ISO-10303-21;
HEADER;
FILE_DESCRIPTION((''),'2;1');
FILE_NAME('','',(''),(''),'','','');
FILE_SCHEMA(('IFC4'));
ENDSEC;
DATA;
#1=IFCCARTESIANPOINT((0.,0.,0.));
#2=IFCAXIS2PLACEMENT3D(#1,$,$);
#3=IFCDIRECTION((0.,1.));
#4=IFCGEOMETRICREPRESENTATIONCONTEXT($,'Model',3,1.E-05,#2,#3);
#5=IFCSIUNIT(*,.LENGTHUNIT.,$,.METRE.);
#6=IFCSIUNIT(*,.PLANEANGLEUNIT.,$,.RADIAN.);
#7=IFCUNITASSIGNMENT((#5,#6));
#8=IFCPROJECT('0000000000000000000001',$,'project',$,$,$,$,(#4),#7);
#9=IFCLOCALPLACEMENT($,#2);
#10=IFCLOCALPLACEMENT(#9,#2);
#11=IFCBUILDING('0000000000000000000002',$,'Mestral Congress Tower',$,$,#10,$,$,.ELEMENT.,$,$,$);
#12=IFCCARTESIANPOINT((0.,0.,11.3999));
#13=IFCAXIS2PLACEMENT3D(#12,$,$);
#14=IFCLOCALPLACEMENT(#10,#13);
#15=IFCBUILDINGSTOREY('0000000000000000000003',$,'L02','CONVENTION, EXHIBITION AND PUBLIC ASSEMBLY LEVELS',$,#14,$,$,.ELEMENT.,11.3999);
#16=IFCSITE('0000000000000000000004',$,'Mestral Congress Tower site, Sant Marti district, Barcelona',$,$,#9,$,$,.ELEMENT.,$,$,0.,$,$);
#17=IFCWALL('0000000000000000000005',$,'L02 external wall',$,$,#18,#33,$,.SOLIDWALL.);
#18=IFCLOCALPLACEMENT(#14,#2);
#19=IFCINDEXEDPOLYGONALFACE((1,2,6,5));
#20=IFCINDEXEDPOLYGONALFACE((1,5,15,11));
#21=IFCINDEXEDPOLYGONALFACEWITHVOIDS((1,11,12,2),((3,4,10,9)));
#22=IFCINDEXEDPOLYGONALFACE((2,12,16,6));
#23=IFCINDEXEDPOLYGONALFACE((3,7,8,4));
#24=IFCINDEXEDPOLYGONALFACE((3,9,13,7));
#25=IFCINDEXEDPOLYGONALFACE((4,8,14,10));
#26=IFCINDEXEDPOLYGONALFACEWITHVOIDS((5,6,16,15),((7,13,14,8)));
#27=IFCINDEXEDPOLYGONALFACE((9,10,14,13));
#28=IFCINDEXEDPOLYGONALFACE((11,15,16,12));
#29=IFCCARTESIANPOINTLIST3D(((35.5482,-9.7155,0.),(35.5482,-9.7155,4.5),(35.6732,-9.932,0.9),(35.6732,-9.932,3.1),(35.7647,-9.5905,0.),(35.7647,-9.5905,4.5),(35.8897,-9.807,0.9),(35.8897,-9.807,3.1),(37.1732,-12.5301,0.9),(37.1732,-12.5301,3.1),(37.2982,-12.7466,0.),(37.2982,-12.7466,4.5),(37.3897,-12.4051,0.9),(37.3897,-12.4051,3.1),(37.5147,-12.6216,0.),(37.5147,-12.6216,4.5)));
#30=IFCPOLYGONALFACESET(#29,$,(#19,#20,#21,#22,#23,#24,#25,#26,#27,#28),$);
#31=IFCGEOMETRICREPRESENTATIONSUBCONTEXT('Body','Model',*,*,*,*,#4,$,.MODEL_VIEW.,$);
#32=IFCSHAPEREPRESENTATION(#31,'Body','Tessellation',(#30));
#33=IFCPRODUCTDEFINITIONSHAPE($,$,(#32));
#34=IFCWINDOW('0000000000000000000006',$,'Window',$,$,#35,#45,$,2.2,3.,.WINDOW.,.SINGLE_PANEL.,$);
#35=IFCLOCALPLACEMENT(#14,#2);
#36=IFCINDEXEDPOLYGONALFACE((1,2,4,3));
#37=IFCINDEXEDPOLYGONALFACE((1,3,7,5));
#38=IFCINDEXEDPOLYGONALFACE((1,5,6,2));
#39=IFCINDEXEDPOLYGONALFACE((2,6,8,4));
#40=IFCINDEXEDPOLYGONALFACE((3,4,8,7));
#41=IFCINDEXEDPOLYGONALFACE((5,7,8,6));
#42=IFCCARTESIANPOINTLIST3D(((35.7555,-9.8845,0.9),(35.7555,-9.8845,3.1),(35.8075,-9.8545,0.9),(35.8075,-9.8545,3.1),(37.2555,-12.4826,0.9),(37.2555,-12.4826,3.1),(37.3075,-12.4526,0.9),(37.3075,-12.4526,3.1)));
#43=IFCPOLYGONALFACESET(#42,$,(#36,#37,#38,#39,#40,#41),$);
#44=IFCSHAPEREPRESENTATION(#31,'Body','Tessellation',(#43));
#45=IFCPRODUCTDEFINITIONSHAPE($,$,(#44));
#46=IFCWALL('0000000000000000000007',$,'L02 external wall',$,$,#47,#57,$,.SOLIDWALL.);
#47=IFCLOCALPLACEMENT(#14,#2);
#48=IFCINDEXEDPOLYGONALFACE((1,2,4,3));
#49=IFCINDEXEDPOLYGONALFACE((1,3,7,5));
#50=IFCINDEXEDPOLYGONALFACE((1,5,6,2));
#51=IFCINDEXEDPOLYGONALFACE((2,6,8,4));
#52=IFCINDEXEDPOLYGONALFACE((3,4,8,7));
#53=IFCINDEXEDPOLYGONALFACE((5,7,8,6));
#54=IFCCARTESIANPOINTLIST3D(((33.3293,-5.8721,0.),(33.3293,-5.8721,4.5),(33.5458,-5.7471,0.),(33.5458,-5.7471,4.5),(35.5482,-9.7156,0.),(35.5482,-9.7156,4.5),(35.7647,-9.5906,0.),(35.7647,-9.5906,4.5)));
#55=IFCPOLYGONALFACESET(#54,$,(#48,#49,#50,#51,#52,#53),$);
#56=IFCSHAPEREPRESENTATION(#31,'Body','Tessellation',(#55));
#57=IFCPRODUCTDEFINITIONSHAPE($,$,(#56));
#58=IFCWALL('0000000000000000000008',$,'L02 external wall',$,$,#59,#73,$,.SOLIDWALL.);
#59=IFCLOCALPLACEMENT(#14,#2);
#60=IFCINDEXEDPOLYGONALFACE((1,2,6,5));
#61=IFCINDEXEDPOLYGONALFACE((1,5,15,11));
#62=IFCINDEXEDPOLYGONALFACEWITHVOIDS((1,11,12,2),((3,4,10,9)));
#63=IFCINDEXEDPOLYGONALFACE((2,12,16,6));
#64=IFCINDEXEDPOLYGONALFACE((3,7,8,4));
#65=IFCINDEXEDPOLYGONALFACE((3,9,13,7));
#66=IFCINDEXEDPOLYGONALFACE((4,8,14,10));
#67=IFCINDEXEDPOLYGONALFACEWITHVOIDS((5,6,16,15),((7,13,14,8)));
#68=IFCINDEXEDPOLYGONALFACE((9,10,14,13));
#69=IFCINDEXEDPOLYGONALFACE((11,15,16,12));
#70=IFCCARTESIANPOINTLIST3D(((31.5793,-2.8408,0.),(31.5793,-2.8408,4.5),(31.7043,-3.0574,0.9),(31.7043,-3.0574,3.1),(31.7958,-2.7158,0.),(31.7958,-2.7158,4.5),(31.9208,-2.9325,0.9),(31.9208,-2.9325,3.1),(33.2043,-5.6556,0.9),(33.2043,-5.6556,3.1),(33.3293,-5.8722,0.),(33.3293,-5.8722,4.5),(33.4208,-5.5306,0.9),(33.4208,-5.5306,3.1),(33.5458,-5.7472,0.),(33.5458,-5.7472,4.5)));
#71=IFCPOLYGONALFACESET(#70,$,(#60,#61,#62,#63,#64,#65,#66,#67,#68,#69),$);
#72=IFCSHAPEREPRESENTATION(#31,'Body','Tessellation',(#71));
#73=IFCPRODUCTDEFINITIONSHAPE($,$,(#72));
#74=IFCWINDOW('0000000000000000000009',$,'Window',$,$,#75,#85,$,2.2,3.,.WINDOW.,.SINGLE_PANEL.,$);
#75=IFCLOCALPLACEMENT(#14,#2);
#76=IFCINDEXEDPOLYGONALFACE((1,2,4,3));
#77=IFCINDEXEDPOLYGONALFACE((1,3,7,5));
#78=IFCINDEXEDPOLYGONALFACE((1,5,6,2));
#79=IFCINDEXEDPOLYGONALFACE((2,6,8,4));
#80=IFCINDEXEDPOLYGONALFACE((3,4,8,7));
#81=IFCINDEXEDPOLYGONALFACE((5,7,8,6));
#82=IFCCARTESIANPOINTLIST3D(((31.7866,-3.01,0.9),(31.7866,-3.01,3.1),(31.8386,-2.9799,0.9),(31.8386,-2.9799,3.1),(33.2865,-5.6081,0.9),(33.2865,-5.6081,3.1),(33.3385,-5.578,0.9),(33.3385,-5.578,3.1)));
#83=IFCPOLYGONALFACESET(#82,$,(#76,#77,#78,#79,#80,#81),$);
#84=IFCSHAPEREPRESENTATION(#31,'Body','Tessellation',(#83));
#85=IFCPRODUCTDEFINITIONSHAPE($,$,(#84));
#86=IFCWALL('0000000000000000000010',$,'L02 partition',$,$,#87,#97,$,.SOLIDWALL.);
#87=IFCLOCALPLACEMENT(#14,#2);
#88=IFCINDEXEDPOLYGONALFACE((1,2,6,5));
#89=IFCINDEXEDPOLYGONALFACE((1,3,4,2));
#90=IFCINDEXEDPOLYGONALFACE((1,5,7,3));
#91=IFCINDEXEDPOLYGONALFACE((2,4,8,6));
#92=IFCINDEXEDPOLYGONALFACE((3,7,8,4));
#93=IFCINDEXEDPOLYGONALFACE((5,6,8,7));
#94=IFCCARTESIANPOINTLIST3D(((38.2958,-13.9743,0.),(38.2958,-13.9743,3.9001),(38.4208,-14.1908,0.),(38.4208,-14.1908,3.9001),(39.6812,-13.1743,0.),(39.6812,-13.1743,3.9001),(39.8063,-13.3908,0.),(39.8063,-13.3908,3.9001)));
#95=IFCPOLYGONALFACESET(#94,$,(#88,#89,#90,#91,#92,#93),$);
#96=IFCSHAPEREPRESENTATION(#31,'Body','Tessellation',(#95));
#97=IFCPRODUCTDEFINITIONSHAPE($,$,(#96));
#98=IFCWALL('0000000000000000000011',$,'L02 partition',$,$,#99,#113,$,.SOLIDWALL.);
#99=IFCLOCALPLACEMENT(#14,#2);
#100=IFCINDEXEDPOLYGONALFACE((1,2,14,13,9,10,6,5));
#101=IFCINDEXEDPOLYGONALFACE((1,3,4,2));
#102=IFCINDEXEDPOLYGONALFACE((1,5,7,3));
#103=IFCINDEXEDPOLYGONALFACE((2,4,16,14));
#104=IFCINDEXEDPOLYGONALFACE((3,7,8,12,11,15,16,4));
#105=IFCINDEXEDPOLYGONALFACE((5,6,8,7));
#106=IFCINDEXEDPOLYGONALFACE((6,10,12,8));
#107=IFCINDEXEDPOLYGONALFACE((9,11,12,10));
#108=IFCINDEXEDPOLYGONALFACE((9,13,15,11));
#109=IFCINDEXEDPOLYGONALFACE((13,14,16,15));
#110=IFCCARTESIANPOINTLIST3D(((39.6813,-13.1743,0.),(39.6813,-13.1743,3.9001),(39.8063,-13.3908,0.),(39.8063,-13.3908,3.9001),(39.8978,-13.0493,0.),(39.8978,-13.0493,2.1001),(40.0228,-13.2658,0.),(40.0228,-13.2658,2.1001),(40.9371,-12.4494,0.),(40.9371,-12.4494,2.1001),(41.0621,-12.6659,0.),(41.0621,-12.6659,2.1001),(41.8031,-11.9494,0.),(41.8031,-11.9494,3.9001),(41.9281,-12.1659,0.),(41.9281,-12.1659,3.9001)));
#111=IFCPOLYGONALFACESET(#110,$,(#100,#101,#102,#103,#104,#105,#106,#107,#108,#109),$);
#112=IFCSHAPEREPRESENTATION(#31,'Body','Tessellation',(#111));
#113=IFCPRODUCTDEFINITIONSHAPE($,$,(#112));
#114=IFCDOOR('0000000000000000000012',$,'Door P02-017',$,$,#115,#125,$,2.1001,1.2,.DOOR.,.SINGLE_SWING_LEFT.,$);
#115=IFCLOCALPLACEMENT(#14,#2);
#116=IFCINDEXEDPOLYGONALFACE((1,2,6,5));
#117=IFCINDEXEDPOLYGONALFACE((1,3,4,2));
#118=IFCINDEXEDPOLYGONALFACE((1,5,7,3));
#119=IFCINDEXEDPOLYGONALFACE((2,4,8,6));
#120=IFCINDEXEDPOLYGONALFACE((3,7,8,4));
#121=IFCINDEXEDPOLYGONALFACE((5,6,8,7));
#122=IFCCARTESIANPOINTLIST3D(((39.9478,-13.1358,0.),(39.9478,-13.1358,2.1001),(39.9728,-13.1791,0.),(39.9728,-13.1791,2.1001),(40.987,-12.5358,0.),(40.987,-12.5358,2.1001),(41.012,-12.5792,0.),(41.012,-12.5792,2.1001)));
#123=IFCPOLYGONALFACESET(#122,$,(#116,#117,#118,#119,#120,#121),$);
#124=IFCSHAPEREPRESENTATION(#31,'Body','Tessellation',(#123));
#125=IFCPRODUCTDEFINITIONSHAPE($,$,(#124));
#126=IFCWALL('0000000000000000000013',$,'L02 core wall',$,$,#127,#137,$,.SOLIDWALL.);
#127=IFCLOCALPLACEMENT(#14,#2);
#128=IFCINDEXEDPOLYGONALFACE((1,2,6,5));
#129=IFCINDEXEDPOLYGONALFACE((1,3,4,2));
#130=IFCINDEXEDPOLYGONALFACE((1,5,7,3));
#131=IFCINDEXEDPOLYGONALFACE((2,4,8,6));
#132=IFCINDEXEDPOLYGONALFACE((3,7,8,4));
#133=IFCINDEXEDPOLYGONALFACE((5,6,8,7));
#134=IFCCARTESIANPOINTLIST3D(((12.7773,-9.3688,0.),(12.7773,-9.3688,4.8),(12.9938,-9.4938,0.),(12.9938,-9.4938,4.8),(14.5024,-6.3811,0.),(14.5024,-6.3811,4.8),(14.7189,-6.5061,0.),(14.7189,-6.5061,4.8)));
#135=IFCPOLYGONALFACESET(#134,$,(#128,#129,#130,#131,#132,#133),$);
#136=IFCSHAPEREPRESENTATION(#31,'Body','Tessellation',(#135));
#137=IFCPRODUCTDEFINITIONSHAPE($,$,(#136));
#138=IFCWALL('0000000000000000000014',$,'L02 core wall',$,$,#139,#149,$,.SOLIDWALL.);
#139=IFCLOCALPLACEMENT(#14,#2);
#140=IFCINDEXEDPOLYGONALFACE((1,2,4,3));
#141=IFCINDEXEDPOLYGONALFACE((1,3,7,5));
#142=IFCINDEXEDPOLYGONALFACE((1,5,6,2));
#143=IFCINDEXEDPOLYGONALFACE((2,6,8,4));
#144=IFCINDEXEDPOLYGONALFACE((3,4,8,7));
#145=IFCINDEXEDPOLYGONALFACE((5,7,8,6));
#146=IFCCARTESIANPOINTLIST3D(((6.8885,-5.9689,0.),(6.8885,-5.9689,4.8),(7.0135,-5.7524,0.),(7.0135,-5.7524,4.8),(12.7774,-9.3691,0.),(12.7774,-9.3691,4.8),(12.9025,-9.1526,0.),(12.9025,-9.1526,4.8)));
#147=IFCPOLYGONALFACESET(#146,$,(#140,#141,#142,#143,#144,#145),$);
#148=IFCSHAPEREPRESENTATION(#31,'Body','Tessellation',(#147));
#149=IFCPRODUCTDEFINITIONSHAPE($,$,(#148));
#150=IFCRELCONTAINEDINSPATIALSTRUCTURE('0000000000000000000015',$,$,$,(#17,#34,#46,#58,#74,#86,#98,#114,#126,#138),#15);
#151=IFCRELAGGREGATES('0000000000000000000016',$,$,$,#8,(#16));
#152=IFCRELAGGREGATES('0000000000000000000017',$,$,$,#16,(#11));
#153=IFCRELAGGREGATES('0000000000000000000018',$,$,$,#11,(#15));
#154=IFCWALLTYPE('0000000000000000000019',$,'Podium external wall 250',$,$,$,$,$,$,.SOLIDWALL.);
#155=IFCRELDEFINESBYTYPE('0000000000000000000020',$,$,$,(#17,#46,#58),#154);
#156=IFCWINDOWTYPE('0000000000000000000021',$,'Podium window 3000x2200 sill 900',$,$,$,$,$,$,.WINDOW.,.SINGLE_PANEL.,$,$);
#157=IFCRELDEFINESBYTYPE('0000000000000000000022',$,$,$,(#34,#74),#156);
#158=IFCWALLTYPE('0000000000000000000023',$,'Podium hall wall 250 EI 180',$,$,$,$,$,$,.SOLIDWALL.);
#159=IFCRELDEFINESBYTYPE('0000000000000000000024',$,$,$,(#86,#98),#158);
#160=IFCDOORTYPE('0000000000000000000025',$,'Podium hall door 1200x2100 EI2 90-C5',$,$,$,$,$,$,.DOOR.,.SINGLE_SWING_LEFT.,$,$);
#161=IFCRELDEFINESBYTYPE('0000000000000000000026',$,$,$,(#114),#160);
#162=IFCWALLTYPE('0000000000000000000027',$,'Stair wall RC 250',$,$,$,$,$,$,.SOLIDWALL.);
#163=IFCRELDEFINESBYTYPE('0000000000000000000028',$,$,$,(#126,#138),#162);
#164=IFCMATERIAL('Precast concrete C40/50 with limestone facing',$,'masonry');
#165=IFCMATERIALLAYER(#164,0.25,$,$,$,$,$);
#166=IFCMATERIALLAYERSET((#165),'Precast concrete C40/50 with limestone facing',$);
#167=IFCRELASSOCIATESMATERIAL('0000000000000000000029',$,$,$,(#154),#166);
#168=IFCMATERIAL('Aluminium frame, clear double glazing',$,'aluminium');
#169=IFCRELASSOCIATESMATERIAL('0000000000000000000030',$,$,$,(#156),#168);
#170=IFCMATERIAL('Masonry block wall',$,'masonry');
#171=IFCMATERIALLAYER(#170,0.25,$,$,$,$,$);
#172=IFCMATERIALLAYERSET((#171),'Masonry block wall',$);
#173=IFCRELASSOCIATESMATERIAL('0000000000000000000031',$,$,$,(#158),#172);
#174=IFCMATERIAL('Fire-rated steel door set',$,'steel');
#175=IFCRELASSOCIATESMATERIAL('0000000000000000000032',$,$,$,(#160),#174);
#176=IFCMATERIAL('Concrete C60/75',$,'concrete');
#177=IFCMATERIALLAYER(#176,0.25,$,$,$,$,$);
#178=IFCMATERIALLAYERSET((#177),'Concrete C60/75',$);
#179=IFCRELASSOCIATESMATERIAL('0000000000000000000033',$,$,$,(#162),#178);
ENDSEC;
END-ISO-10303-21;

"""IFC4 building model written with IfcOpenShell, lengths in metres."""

from ifc_helpers import new_model, si_unit, direction, frame, frame_2d, origin, place, context, subcontext, project, spatial, rectangle, extrude, material, layer, layer_set, type_object, element, fill, save


model = new_model("IFC4")

# Units and contexts
model_context = context("Model", 3, precision=1e-05, world=origin(), true_north=direction((0.0, 1.0)))
body_context = subcontext(model_context, "Body", "Model", "MODEL_VIEW")
ifc_project = project(units=[si_unit("LENGTHUNIT", "METRE"), si_unit("PLANEANGLEUNIT", "RADIAN")], contexts=[model_context])

# Site, building, storey
site_placement = place(None, origin())
site = spatial("IfcSite", under=ifc_project, at=site_placement, Name="Mestral Congress Tower site, Sant Marti district, Barcelona", CompositionType="ELEMENT", RefElevation=0.0)
building_placement = place(site_placement, origin())
building = spatial("IfcBuilding", under=site, at=building_placement, Name="Mestral Congress Tower", CompositionType="ELEMENT")
storey_placement = place(building_placement, frame((0.0, 0.0, 11.3999)))
storey = spatial("IfcBuildingStorey", under=building, at=storey_placement, Name="L02", Description="CONVENTION, EXHIBITION AND PUBLIC ASSEMBLY LEVELS", CompositionType="ELEMENT", Elevation=11.3999)

# Shared definitions
ifc_material_1 = material(Name="Concrete C60/75", Category="concrete")

# Shared definitions
ifc_material_2 = material(Name="Fire-rated steel door set", Category="steel")

# Wall, opening, window
ifc_material_3 = material(Name="Precast concrete C40/50 with limestone facing", Category="masonry")
ifc_layer_1 = layer(ifc_material_3, 0.25)
ifc_layer_set_1 = layer_set([ifc_layer_1], Name="Precast concrete C40/50 with limestone facing")
wall_type_1 = type_object("IfcWallType", Name="Podium external wall 250", PredefinedType="SOLIDWALL", material=ifc_layer_set_1)
wall_1_placement = place(storey_placement, frame((37.4065, -12.6841, 0.0), z_axis=(0.0, 0.0, 1.0), x_axis=(-0.50001, 0.866019, 0.0)))
wall_1 = element("IfcWall", 1, at=wall_1_placement, inside=storey, type_object=wall_type_1, Name="L02 external wall", PredefinedType="SOLIDWALL", context=body_context, shape_type="SweptSolid", body=[
    extrude(rectangle(XDim=3.5, YDim=0.25, at=frame_2d((1.75, 0.0))), origin(), (0.0, 0.0, 1.0), 4.5),
])
opening_1_placement = place(wall_1_placement, frame((0.25, 0.0, 0.8999)))
opening_1 = element("IfcOpeningElement", 2, at=opening_1_placement, cuts=wall_1, PredefinedType="OPENING", context=body_context, shape_type="SweptSolid", body=[
    extrude(rectangle(XDim=3.0, YDim=2.2, at=frame_2d((1.5, 1.1001))), frame((0.0, 0.135, 0.0), z_axis=(0.0, -1.0, 0.0), x_axis=(1.0, 0.0, 0.0)), (0.0, 0.0, 1.0), 0.27),
])
ifc_material_4 = material(Name="Aluminium frame, clear double glazing", Category="aluminium")
window_type = type_object("IfcWindowType", Name="Podium window 3000x2200 sill 900", PartitioningType="SINGLE_PANEL", PredefinedType="WINDOW", material=ifc_material_4)
window_1_placement = place(opening_1_placement, origin())
window_1 = element("IfcWindow", 3, at=window_1_placement, inside=storey, type_object=window_type, Name="Window", OverallHeight=2.2, OverallWidth=3.0, PartitioningType="SINGLE_PANEL", PredefinedType="WINDOW", context=body_context, shape_type="SweptSolid", body=[
    extrude(rectangle(XDim=3.0, YDim=2.2, at=frame_2d((1.5, 1.1001))), frame((0.0, 0.03, 0.0), z_axis=(0.0, -1.0, 0.0), x_axis=(1.0, 0.0, 0.0)), (0.0, 0.0, 1.0), 0.0601),
])
fill(opening_1, window_1)

# Wall
wall_2_placement = place(storey_placement, frame((35.6565, -9.6531, 0.0), z_axis=(0.0, 0.0, 1.0), x_axis=(-0.499991, 0.866031, 0.0)))
element("IfcWall", 4, at=wall_2_placement, inside=storey, type_object=wall_type_1, Name="L02 external wall", PredefinedType="SOLIDWALL", context=body_context, shape_type="SweptSolid", body=[
    extrude(rectangle(XDim=4.438, YDim=0.25, at=frame_2d((2.219, 0.0))), origin(), (0.0, 0.0, 1.0), 4.5),
])

# Wall, opening, window
wall_3_placement = place(storey_placement, frame((33.4375, -5.8096, 0.0), z_axis=(0.0, 0.0, 1.0), x_axis=(-0.49998, 0.866037, 0.0)))
wall_3 = element("IfcWall", 5, at=wall_3_placement, inside=storey, type_object=wall_type_1, Name="L02 external wall", PredefinedType="SOLIDWALL", context=body_context, shape_type="SweptSolid", body=[
    extrude(rectangle(XDim=3.5002, YDim=0.25, at=frame_2d((1.75, 0.0))), origin(), (0.0, 0.0, 1.0), 4.5),
])
opening_2_placement = place(wall_3_placement, frame((0.25, 0.0, 0.8999)))
opening_2 = element("IfcOpeningElement", 6, at=opening_2_placement, cuts=wall_3, PredefinedType="OPENING", context=body_context, shape_type="SweptSolid", body=[
    extrude(rectangle(XDim=3.0, YDim=2.2, at=frame_2d((1.5, 1.1001))), frame((0.0, 0.135, 0.0), z_axis=(0.0, -1.0, 0.0), x_axis=(1.0, 0.0, 0.0)), (0.0, 0.0, 1.0), 0.27),
])
window_2_placement = place(opening_2_placement, origin())
window_2 = element("IfcWindow", 7, at=window_2_placement, inside=storey, type_object=window_type, Name="Window", OverallHeight=2.2, OverallWidth=3.0, PartitioningType="SINGLE_PANEL", PredefinedType="WINDOW", context=body_context, shape_type="SweptSolid", body=[
    extrude(rectangle(XDim=3.0, YDim=2.2, at=frame_2d((1.5, 1.1001))), frame((0.0, 0.03, 0.0), z_axis=(0.0, -1.0, 0.0), x_axis=(1.0, 0.0, 0.0)), (0.0, 0.0, 1.0), 0.0601),
])
fill(opening_2, window_2)

# Wall
ifc_material_5 = material(Name="Masonry block wall", Category="masonry")
ifc_layer_2 = layer(ifc_material_5, 0.25)
ifc_layer_set_2 = layer_set([ifc_layer_2], Name="Masonry block wall")
wall_type_2 = type_object("IfcWallType", Name="Podium hall wall 250 EI 180", PredefinedType="SOLIDWALL", material=ifc_layer_set_2)
wall_4_placement = place(storey_placement, frame((38.3584, -14.0825, 0.0), z_axis=(0.0, 0.0, 1.0), x_axis=(0.86599, 0.500061, 0.0)))
element("IfcWall", 8, at=wall_4_placement, inside=storey, type_object=wall_type_2, Name="L02 partition", PredefinedType="SOLIDWALL", context=body_context, shape_type="SweptSolid", body=[
    extrude(rectangle(XDim=1.5999, YDim=0.25, at=frame_2d((0.7998, 0.0))), origin(), (0.0, 0.0, 1.0), 3.9001),
])

# Wall, opening, door
wall_5_placement = place(storey_placement, frame((41.8657, -12.0576, 0.0), z_axis=(0.0, 0.0, 1.0), x_axis=(-0.866058, -0.499944, 0.0)))
wall_5 = element("IfcWall", 9, at=wall_5_placement, inside=storey, type_object=wall_type_2, Name="L02 partition", PredefinedType="SOLIDWALL", context=body_context, shape_type="SweptSolid", body=[
    extrude(rectangle(XDim=2.45, YDim=0.25, at=frame_2d((1.2251, 0.0))), origin(), (0.0, 0.0, 1.0), 3.9001),
])
opening_3_placement = place(wall_5_placement, frame((1.0, 0.0, 0.0)))
opening_3 = element("IfcOpeningElement", 10, at=opening_3_placement, cuts=wall_5, PredefinedType="OPENING", context=body_context, shape_type="SweptSolid", body=[
    extrude(rectangle(XDim=1.2, YDim=2.1001, at=frame_2d((0.6001, 1.05))), frame((0.0, 0.135, 0.0), z_axis=(0.0, -1.0, 0.0), x_axis=(1.0, 0.0, 0.0)), (0.0, 0.0, 1.0), 0.27),
])
door_type_1 = type_object("IfcDoorType", Name="Podium hall door 1200x2100 EI2 90-C5", OperationType="SINGLE_SWING_LEFT", PredefinedType="DOOR", material=ifc_material_2)
door_1_placement = place(opening_3_placement, origin())
door_1 = element("IfcDoor", 11, at=door_1_placement, inside=storey, type_object=door_type_1, Name="Door P02-017", OperationType="SINGLE_SWING_LEFT", OverallHeight=2.1001, OverallWidth=1.2, PredefinedType="DOOR", context=body_context, shape_type="SweptSolid", body=[
    extrude(rectangle(XDim=1.2, YDim=2.1001, at=frame_2d((0.6001, 1.05))), frame((0.0, 0.0249, 0.0), z_axis=(0.0, -1.0, 0.0), x_axis=(1.0, 0.0, 0.0)), (0.0, 0.0, 1.0), 0.05),
])
fill(opening_3, door_1)

# Walls
ifc_layer_3 = layer(ifc_material_1, 0.25)
ifc_layer_set_3 = layer_set([ifc_layer_3], Name="Concrete C60/75")
wall_type_3 = type_object("IfcWallType", Name="Stair wall RC 250", PredefinedType="SOLIDWALL", material=ifc_layer_set_3)
wall_6_placement = place(storey_placement, frame((12.8855, -9.4314, 0.0), z_axis=(0.0, 0.0, 1.0), x_axis=(0.500021, 0.866014, 0.0)))
element("IfcWall", 12, at=wall_6_placement, inside=storey, type_object=wall_type_3, Name="L02 core wall", PredefinedType="SOLIDWALL", context=body_context, shape_type="SweptSolid", body=[
    extrude(rectangle(XDim=3.45, YDim=0.25, at=frame_2d((1.7251, 0.0))), origin(), (0.0, 0.0, 1.0), 4.8),
])
wall_7_placement = place(storey_placement, frame((12.8398, -9.2607, 0.0), z_axis=(0.0, 0.0, 1.0), x_axis=(-0.866014, 0.50002, 0.0)))
element("IfcWall", 13, at=wall_7_placement, inside=storey, type_object=wall_type_3, Name="L02 core wall", PredefinedType="SOLIDWALL", context=body_context, shape_type="SweptSolid", body=[
    extrude(rectangle(XDim=6.8, YDim=0.25, at=frame_2d((3.3999, 0.0))), origin(), (0.0, 0.0, 1.0), 4.8),
])

save(model, "model.ifc")
